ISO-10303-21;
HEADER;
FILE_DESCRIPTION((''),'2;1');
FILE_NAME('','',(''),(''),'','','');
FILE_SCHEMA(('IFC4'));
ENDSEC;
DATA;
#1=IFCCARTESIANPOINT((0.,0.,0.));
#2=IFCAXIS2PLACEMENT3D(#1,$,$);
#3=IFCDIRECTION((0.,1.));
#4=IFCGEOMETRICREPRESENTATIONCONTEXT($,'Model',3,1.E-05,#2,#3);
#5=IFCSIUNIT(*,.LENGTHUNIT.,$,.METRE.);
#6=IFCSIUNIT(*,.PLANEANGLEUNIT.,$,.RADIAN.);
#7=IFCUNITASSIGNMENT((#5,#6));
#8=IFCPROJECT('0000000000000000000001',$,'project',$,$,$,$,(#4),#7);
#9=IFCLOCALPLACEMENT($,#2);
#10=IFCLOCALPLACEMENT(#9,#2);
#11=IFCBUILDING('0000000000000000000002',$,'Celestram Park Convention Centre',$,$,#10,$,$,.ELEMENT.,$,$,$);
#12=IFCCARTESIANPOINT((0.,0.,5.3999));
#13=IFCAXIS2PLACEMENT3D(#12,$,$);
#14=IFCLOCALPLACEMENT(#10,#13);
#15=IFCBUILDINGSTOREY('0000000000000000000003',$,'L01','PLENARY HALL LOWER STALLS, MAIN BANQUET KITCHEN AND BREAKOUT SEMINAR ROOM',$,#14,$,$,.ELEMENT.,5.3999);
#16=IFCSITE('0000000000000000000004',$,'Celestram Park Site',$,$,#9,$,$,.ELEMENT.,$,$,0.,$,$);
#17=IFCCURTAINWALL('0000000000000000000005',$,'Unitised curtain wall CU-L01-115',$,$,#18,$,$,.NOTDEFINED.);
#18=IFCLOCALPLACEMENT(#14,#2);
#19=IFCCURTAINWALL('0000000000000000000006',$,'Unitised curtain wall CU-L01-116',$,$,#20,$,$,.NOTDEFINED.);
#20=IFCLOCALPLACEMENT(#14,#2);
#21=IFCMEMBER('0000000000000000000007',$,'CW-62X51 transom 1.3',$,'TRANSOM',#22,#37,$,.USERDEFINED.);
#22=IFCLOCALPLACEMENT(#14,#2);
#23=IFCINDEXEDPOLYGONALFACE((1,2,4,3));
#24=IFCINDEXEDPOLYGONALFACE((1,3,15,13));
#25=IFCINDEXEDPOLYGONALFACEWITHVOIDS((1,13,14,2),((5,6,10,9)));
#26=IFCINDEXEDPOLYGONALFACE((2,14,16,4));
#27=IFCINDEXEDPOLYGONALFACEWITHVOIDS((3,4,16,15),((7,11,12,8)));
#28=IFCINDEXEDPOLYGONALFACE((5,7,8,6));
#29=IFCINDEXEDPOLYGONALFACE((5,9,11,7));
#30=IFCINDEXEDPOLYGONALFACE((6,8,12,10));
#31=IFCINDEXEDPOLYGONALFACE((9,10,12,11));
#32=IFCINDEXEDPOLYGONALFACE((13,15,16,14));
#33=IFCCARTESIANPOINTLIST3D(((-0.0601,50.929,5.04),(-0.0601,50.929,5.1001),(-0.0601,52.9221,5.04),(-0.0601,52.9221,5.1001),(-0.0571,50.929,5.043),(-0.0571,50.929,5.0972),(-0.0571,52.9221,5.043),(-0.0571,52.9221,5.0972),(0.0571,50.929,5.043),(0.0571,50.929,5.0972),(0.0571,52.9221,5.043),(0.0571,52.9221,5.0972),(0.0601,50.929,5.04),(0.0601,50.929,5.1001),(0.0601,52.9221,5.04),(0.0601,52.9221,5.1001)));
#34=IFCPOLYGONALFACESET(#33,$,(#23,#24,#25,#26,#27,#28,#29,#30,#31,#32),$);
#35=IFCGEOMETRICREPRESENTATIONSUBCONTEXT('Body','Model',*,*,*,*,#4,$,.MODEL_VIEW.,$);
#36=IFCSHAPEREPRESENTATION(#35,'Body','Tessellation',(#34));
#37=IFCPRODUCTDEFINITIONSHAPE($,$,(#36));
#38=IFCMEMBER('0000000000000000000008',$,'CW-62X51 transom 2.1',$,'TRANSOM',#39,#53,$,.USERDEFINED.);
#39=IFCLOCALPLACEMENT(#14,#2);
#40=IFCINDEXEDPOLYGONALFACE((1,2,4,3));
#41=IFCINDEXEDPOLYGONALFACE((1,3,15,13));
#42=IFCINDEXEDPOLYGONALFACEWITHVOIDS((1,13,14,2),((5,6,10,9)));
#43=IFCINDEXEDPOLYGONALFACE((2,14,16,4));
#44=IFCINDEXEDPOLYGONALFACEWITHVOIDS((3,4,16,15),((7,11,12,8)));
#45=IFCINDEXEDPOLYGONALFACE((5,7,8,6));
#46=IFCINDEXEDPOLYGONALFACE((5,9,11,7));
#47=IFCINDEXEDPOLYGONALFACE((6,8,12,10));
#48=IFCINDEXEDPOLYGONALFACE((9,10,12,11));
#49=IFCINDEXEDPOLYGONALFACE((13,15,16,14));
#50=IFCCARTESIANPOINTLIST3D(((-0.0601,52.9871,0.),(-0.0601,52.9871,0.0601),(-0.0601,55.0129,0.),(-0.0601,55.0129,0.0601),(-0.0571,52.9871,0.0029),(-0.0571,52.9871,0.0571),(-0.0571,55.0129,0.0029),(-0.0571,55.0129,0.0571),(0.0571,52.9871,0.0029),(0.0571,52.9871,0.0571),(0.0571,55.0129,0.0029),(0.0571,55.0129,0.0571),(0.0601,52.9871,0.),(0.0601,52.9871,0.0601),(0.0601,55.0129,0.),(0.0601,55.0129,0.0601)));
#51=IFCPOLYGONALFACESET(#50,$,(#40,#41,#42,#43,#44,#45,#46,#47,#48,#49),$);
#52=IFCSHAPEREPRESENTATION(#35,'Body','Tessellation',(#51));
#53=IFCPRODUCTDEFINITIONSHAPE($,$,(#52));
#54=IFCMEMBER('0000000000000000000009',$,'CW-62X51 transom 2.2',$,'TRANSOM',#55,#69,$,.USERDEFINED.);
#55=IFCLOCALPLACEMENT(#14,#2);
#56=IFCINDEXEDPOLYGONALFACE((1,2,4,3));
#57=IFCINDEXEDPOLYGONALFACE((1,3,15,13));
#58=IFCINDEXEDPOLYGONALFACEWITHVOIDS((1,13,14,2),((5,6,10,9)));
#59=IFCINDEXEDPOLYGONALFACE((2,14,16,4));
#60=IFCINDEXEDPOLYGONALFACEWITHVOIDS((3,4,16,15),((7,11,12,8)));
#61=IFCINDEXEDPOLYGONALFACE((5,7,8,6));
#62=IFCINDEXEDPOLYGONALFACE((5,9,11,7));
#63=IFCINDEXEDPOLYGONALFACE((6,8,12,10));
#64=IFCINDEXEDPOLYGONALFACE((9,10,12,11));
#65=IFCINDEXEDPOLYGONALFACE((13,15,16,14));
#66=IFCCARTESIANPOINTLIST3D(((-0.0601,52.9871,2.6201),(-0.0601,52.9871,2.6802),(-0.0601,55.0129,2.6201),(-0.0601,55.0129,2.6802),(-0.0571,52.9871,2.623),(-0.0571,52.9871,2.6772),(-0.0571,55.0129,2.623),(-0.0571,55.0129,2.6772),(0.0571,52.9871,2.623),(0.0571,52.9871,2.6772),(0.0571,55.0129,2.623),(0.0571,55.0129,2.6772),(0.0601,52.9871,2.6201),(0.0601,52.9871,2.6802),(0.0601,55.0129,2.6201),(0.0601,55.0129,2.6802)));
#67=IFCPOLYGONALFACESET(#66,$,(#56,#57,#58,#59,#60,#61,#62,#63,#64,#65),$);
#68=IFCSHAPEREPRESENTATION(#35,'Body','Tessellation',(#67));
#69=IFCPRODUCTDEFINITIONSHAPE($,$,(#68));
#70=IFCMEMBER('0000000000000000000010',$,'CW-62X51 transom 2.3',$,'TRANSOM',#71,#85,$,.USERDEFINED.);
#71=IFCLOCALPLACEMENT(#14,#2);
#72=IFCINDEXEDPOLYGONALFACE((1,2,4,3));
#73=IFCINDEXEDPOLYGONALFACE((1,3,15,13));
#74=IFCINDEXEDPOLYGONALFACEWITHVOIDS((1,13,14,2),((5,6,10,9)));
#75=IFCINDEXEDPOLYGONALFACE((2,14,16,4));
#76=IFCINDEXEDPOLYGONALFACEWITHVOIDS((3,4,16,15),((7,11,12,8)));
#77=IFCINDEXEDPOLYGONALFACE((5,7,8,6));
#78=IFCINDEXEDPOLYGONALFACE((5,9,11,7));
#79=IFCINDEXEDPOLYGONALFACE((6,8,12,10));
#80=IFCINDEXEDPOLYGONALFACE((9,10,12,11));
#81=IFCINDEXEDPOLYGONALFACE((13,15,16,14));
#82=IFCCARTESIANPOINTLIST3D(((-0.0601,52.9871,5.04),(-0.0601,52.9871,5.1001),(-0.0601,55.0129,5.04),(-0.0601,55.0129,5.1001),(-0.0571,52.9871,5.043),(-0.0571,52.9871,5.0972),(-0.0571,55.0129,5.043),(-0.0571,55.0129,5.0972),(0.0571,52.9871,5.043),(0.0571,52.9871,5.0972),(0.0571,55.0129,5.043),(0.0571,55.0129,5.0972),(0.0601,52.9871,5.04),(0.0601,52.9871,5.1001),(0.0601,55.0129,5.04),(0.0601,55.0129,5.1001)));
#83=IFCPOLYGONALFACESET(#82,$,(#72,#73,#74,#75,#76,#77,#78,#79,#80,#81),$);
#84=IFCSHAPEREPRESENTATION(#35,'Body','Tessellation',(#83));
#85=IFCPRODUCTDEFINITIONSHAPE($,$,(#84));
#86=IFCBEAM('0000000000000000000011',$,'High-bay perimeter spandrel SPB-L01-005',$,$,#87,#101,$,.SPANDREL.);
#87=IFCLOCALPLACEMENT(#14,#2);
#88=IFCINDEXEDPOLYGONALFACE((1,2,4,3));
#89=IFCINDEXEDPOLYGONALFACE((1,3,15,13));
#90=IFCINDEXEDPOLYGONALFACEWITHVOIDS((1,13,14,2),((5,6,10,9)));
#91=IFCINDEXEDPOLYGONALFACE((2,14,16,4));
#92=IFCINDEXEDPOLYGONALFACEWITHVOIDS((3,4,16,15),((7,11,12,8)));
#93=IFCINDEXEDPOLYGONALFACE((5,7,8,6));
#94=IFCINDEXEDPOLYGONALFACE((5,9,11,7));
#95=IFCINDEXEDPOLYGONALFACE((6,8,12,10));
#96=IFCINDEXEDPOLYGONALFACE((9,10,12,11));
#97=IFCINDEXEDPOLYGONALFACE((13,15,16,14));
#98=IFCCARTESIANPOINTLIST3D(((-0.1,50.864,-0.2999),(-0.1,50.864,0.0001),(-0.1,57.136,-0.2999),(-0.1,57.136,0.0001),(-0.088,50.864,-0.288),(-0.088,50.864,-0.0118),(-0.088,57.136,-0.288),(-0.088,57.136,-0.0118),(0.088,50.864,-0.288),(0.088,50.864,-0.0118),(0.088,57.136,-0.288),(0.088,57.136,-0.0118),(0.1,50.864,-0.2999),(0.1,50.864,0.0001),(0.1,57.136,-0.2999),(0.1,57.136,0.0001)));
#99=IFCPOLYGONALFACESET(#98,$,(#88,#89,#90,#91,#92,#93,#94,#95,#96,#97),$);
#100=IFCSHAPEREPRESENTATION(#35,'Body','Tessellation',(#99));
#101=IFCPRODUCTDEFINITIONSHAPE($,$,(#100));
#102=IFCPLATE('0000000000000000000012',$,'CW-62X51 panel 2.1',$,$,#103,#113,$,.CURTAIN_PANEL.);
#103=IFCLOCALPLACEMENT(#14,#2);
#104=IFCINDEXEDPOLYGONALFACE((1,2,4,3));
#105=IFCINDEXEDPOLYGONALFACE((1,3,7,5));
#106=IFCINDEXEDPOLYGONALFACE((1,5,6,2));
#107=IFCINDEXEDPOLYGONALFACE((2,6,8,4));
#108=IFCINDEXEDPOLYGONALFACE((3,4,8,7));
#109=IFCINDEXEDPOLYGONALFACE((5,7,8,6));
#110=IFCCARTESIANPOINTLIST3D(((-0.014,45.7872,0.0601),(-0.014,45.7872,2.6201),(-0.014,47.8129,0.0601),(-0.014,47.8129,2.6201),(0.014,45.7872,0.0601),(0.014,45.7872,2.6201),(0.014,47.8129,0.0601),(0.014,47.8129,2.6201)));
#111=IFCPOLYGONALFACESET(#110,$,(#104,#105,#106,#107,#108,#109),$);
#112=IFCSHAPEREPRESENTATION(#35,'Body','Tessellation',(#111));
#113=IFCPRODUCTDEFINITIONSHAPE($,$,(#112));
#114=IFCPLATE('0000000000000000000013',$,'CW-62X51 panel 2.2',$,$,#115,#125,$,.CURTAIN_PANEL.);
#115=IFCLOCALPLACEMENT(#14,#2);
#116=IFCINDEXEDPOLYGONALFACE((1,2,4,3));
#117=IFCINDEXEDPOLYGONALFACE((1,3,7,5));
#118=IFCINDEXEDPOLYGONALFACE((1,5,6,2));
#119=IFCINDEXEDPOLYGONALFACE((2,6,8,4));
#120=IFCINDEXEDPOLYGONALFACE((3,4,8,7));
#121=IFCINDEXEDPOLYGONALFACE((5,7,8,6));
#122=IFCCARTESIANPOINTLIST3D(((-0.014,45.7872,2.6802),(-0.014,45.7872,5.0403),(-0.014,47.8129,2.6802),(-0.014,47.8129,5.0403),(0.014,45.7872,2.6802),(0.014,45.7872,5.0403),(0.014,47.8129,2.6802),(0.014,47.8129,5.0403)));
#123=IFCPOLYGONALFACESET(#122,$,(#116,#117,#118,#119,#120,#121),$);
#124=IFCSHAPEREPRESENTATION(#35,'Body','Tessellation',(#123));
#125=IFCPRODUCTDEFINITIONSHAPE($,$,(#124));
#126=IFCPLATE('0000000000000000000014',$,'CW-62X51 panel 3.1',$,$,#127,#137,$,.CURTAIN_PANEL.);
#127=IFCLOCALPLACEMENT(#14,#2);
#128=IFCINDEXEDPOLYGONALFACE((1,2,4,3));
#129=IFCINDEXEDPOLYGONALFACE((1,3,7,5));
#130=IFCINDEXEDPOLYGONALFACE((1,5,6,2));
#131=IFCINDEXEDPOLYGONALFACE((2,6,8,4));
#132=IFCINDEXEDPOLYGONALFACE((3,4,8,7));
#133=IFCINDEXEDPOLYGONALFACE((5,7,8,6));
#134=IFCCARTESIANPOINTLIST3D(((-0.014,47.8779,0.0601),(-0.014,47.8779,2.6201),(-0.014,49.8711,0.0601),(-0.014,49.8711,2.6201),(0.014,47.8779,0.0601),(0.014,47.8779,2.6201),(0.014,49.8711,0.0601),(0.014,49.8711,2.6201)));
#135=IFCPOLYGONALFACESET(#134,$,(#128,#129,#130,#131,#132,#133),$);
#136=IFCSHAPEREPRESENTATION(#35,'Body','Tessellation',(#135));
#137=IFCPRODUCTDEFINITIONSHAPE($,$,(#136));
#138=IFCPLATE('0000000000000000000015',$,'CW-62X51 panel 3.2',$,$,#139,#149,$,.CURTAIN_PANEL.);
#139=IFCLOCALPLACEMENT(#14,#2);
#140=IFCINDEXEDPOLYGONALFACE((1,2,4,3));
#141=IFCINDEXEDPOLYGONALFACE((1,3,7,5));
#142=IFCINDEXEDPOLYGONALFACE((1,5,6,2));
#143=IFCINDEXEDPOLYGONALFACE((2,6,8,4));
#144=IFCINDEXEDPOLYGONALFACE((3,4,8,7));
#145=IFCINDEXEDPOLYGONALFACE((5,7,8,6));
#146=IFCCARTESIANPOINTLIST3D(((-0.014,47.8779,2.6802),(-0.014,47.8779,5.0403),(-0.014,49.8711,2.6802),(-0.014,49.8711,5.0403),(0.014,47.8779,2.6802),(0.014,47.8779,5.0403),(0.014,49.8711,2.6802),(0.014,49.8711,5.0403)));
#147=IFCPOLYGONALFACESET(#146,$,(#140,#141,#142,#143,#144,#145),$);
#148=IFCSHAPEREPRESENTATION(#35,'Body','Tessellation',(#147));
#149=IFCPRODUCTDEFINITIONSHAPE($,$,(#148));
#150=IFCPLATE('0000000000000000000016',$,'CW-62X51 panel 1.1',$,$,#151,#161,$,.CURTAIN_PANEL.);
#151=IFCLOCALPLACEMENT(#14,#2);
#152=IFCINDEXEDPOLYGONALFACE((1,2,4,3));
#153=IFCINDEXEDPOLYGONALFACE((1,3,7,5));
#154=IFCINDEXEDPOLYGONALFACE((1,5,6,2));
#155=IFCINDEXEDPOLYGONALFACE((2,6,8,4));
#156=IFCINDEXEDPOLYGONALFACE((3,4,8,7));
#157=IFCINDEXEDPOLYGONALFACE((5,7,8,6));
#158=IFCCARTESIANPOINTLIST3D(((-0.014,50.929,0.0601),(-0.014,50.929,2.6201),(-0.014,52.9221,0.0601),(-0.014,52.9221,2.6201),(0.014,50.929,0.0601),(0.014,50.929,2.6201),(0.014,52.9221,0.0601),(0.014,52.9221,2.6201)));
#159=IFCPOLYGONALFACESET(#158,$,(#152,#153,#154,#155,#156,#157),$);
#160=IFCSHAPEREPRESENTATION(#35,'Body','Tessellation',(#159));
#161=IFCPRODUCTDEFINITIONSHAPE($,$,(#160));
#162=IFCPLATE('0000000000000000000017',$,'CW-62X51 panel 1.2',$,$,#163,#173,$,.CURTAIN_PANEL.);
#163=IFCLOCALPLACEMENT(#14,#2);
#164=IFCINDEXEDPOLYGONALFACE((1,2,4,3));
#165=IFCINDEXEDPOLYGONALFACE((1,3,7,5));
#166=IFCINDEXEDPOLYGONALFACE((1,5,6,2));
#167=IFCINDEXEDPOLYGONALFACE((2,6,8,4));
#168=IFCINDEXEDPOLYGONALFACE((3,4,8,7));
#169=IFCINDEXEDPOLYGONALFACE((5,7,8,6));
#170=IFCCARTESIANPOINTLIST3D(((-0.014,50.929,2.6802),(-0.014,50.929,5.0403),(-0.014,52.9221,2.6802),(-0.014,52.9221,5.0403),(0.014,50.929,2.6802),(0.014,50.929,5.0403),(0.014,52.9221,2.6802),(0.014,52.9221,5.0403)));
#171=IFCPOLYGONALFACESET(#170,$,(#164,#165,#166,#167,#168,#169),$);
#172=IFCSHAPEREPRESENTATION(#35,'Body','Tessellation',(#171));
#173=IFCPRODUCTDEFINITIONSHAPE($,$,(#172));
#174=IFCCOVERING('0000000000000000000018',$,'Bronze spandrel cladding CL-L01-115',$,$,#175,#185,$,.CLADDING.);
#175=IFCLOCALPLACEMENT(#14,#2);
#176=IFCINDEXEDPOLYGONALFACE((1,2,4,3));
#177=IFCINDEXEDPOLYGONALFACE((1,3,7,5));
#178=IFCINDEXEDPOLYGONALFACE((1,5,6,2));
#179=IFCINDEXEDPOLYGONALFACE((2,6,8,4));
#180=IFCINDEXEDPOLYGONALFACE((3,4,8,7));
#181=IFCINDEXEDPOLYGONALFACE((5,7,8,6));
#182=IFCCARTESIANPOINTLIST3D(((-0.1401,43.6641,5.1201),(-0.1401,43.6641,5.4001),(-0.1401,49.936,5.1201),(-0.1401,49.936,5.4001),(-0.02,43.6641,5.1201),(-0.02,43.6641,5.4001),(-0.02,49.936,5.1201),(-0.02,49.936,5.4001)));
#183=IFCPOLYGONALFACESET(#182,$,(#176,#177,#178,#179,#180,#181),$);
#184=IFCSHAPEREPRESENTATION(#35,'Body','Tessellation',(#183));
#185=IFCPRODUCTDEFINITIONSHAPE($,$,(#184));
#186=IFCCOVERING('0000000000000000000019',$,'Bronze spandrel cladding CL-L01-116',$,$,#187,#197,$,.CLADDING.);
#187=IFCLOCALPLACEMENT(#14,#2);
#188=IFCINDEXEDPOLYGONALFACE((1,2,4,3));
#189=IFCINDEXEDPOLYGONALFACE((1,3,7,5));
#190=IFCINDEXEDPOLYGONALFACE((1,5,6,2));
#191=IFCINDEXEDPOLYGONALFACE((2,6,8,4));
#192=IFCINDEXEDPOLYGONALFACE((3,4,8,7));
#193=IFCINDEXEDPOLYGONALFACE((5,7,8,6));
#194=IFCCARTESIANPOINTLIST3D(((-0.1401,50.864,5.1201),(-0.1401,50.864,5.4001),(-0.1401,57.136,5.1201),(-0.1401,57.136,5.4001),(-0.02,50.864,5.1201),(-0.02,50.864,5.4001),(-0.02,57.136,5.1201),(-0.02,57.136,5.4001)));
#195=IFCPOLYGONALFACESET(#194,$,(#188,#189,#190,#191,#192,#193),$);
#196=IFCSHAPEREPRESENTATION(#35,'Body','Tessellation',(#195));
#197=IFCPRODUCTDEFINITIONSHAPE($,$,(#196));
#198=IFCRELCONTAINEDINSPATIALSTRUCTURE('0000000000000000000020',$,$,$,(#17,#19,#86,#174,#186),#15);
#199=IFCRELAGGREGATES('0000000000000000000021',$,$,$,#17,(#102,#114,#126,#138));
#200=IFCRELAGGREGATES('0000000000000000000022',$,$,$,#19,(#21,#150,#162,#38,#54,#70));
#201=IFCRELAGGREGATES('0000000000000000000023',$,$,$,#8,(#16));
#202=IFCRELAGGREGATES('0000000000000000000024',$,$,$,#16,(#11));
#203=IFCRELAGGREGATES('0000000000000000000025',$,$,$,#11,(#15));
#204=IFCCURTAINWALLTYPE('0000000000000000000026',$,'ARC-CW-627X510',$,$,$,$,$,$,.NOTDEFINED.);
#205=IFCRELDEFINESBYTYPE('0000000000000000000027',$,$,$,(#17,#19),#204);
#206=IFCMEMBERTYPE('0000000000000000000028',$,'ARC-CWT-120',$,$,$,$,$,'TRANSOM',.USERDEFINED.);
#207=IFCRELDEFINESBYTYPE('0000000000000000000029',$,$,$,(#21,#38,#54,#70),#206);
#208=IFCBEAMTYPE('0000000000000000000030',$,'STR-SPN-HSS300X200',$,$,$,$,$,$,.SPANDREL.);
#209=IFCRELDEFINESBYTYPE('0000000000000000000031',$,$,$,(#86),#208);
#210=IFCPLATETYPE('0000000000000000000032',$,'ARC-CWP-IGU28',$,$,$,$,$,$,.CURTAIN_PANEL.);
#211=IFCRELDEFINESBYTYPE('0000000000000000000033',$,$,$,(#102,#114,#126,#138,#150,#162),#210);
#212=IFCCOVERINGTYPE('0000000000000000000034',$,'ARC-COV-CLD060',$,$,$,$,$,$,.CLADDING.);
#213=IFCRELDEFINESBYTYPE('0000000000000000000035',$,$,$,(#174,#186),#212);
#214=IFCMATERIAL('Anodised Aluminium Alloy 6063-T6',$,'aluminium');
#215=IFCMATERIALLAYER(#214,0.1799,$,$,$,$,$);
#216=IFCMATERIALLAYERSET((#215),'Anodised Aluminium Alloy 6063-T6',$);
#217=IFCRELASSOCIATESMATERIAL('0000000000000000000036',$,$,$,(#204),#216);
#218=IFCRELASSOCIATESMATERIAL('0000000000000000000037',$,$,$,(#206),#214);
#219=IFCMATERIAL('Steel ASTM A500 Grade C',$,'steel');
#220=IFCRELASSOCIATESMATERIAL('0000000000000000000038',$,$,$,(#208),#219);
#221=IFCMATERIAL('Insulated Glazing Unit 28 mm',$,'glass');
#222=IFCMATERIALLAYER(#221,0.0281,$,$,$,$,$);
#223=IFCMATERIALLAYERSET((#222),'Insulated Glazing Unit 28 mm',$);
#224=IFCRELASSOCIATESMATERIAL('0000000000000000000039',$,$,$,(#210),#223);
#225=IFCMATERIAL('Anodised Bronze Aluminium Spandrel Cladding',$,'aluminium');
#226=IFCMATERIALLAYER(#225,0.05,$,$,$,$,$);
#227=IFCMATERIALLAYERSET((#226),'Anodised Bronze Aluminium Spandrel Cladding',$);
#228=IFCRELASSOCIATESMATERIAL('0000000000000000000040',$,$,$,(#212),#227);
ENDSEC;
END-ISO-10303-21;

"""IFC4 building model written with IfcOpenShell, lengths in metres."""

from ifc_helpers import new_model, si_unit, direction, frame, origin, origin_2d, place, context, subcontext, project, spatial, rectangle, hollow_rectangle, extrude, material, layer, layer_set, material_profile, profile_set, type_object, element, aggregate, save


model = new_model("IFC4")

# Units and contexts
model_context = context("Model", 3, precision=1e-05, world=origin(), true_north=direction((0.0, 1.0)))
body_context = subcontext(model_context, "Body", "Model", "MODEL_VIEW")
ifc_project = project(units=[si_unit("LENGTHUNIT", "METRE"), si_unit("PLANEANGLEUNIT", "RADIAN")], contexts=[model_context])

# Site, building, storey
site_placement = place(None, origin())
site = spatial("IfcSite", under=ifc_project, at=site_placement, Name="Celestram Park Site", CompositionType="ELEMENT", RefElevation=0.0)
building_placement = place(site_placement, origin())
building = spatial("IfcBuilding", under=site, at=building_placement, Name="Celestram Park Convention Centre", CompositionType="ELEMENT")
storey_placement = place(building_placement, frame((0.0, 0.0, 5.3999)))
storey = spatial("IfcBuildingStorey", under=building, at=storey_placement, Name="L01", Description="PLENARY HALL LOWER STALLS, MAIN BANQUET KITCHEN AND BREAKOUT SEMINAR ROOM", CompositionType="ELEMENT", Elevation=5.3999)

# Curtain walls
ifc_material_1 = material(Name="Anodised Aluminium Alloy 6063-T6", Category="aluminium")
ifc_layer_1 = layer(ifc_material_1, 0.1799)
ifc_layer_set_1 = layer_set([ifc_layer_1], Name="Anodised Aluminium Alloy 6063-T6")
curtain_wall_type = type_object("IfcCurtainWallType", Name="ARC-CW-627X510", PredefinedType="NOTDEFINED", material=ifc_layer_set_1)
curtain_wall_1_placement = place(storey_placement, origin())
curtain_wall_1 = element("IfcCurtainWall", 1, at=curtain_wall_1_placement, inside=storey, type_object=curtain_wall_type, Name="Unitised curtain wall CU-L01-115", PredefinedType="NOTDEFINED")
curtain_wall_2_placement = place(storey_placement, origin())
curtain_wall_2 = element("IfcCurtainWall", 2, at=curtain_wall_2_placement, inside=storey, type_object=curtain_wall_type, Name="Unitised curtain wall CU-L01-116", PredefinedType="NOTDEFINED")

# Members
ifc_material_profile_1 = material_profile(ifc_material_1, hollow_rectangle(XDim=0.1201, YDim=0.0601, WallThickness=0.0029, at=origin_2d()), Name="ALU120X60X3")
ifc_profile_set_1 = profile_set([ifc_material_profile_1], Name="Anodised Aluminium Alloy 6063-T6")
member_type_1 = type_object("IfcMemberType", Name="ARC-CWT-120", ElementType="TRANSOM", PredefinedType="USERDEFINED", material=ifc_profile_set_1)
member_1_placement = place(storey_placement, frame((0.0, 50.929, 5.0701), z_axis=(0.0, 1.0, 0.0), x_axis=(-1.0, 0.0, 0.0)))
member_1 = element("IfcMember", 3, at=member_1_placement, type_object=member_type_1, Name="CW-62X51 transom 1.3", ObjectType="TRANSOM", PredefinedType="USERDEFINED", context=body_context, shape_type="SweptSolid", body=[
    extrude(hollow_rectangle(XDim=0.1201, YDim=0.0601, WallThickness=0.0029, at=origin_2d()), origin(), (0.0, 0.0, 1.0), 1.9932),
])
member_2_placement = place(storey_placement, frame((0.0, 52.9871, 0.03), z_axis=(0.0, 1.0, 0.0), x_axis=(-1.0, 0.0, 0.0)))
member_2 = element("IfcMember", 4, at=member_2_placement, type_object=member_type_1, Name="CW-62X51 transom 2.1", ObjectType="TRANSOM", PredefinedType="USERDEFINED", context=body_context, shape_type="SweptSolid", body=[
    extrude(hollow_rectangle(XDim=0.1201, YDim=0.0601, WallThickness=0.0029, at=origin_2d()), origin(), (0.0, 0.0, 1.0), 2.0259),
])
member_3_placement = place(storey_placement, frame((0.0, 52.9871, 2.6501), z_axis=(0.0, 1.0, 0.0), x_axis=(-1.0, 0.0, 0.0)))
member_3 = element("IfcMember", 5, at=member_3_placement, type_object=member_type_1, Name="CW-62X51 transom 2.2", ObjectType="TRANSOM", PredefinedType="USERDEFINED", context=body_context, shape_type="SweptSolid", body=[
    extrude(hollow_rectangle(XDim=0.1201, YDim=0.0601, WallThickness=0.0029, at=origin_2d()), origin(), (0.0, 0.0, 1.0), 2.0259),
])
member_4_placement = place(storey_placement, frame((0.0, 52.9871, 5.0701), z_axis=(0.0, 1.0, 0.0), x_axis=(-1.0, 0.0, 0.0)))
member_4 = element("IfcMember", 6, at=member_4_placement, type_object=member_type_1, Name="CW-62X51 transom 2.3", ObjectType="TRANSOM", PredefinedType="USERDEFINED", context=body_context, shape_type="SweptSolid", body=[
    extrude(hollow_rectangle(XDim=0.1201, YDim=0.0601, WallThickness=0.0029, at=origin_2d()), origin(), (0.0, 0.0, 1.0), 2.0259),
])

# Beam
ifc_material_2 = material(Name="Steel ASTM A500 Grade C", Category="steel")
ifc_material_profile_2 = material_profile(ifc_material_2, hollow_rectangle(XDim=0.2, YDim=0.3, WallThickness=0.012, at=origin_2d()), Name="HSS300X200X12")
ifc_profile_set_2 = profile_set([ifc_material_profile_2], Name="Steel ASTM A500 Grade C")
beam_type = type_object("IfcBeamType", Name="STR-SPN-HSS300X200", PredefinedType="SPANDREL", material=ifc_profile_set_2)
beam_placement = place(storey_placement, frame((0.0, 50.864, -0.1499), z_axis=(0.0, 1.0, 0.0), x_axis=(-1.0, 0.0, 0.0)))
element("IfcBeam", 7, at=beam_placement, inside=storey, type_object=beam_type, Name="High-bay perimeter spandrel SPB-L01-005", PredefinedType="SPANDREL", context=body_context, shape_type="SweptSolid", body=[
    extrude(hollow_rectangle(XDim=0.2, YDim=0.3, WallThickness=0.012, at=origin_2d()), origin(), (0.0, 0.0, 1.0), 6.272),
])

# Plates
ifc_material_3 = material(Name="Insulated Glazing Unit 28 mm", Category="glass")
ifc_layer_2 = layer(ifc_material_3, 0.0281)
ifc_layer_set_2 = layer_set([ifc_layer_2], Name="Insulated Glazing Unit 28 mm")
plate_type = type_object("IfcPlateType", Name="ARC-CWP-IGU28", PredefinedType="CURTAIN_PANEL", material=ifc_layer_set_2)
plate_1_placement = place(storey_placement, frame((0.0, 46.8, 0.0601), z_axis=(0.0, 0.0, 1.0), x_axis=(0.0, 1.0, 0.0)))
plate_1 = element("IfcPlate", 8, at=plate_1_placement, type_object=plate_type, Name="CW-62X51 panel 2.1", PredefinedType="CURTAIN_PANEL", context=body_context, shape_type="SweptSolid", body=[
    extrude(rectangle(XDim=2.0256, YDim=0.0281, at=origin_2d()), origin(), (0.0, 0.0, 1.0), 2.5601),
])
plate_2_placement = place(storey_placement, frame((0.0, 46.8, 2.6802), z_axis=(0.0, 0.0, 1.0), x_axis=(0.0, 1.0, 0.0)))
plate_2 = element("IfcPlate", 9, at=plate_2_placement, type_object=plate_type, Name="CW-62X51 panel 2.2", PredefinedType="CURTAIN_PANEL", context=body_context, shape_type="SweptSolid", body=[
    extrude(rectangle(XDim=2.0256, YDim=0.0281, at=origin_2d()), origin(), (0.0, 0.0, 1.0), 2.3601),
])
plate_3_placement = place(storey_placement, frame((0.0, 48.8745, 0.0601), z_axis=(0.0, 0.0, 1.0), x_axis=(0.0, 1.0, 0.0)))
plate_3 = element("IfcPlate", 10, at=plate_3_placement, type_object=plate_type, Name="CW-62X51 panel 3.1", PredefinedType="CURTAIN_PANEL", context=body_context, shape_type="SweptSolid", body=[
    extrude(rectangle(XDim=1.9932, YDim=0.0281, at=origin_2d()), origin(), (0.0, 0.0, 1.0), 2.5601),
])
plate_4_placement = place(storey_placement, frame((0.0, 48.8745, 2.6802), z_axis=(0.0, 0.0, 1.0), x_axis=(0.0, 1.0, 0.0)))
plate_4 = element("IfcPlate", 11, at=plate_4_placement, type_object=plate_type, Name="CW-62X51 panel 3.2", PredefinedType="CURTAIN_PANEL", context=body_context, shape_type="SweptSolid", body=[
    extrude(rectangle(XDim=1.9932, YDim=0.0281, at=origin_2d()), origin(), (0.0, 0.0, 1.0), 2.3601),
])
aggregate(curtain_wall_1, [plate_1, plate_2, plate_3, plate_4])
plate_5_placement = place(storey_placement, frame((0.0, 51.9255, 0.0601), z_axis=(0.0, 0.0, 1.0), x_axis=(0.0, 1.0, 0.0)))
plate_5 = element("IfcPlate", 12, at=plate_5_placement, type_object=plate_type, Name="CW-62X51 panel 1.1", PredefinedType="CURTAIN_PANEL", context=body_context, shape_type="SweptSolid", body=[
    extrude(rectangle(XDim=1.9932, YDim=0.0281, at=origin_2d()), origin(), (0.0, 0.0, 1.0), 2.5601),
])
plate_6_placement = place(storey_placement, frame((0.0, 51.9255, 2.6802), z_axis=(0.0, 0.0, 1.0), x_axis=(0.0, 1.0, 0.0)))
plate_6 = element("IfcPlate", 13, at=plate_6_placement, type_object=plate_type, Name="CW-62X51 panel 1.2", PredefinedType="CURTAIN_PANEL", context=body_context, shape_type="SweptSolid", body=[
    extrude(rectangle(XDim=1.9932, YDim=0.0281, at=origin_2d()), origin(), (0.0, 0.0, 1.0), 2.3601),
])
aggregate(curtain_wall_2, [member_1, plate_5, plate_6, member_2, member_3, member_4])

# Coverings
ifc_material_4 = material(Name="Anodised Bronze Aluminium Spandrel Cladding", Category="aluminium")
ifc_layer_3 = layer(ifc_material_4, 0.05)
ifc_layer_set_3 = layer_set([ifc_layer_3], Name="Anodised Bronze Aluminium Spandrel Cladding")
covering_type_1 = type_object("IfcCoveringType", Name="ARC-COV-CLD060", PredefinedType="CLADDING", material=ifc_layer_set_3)
for number, where, z_axis, x_axis, name in (
    (14, (-0.0801, 46.8, 5.1201), (0.0, 0.0, 1.0), (0.0, 1.0, 0.0), "Bronze spandrel cladding CL-L01-115"),
    (15, (-0.0801, 54.0, 5.1201), (0.0, 0.0, 1.0), (0.0, 1.0, 0.0), "Bronze spandrel cladding CL-L01-116"),
):
    element("IfcCovering", number, at=place(storey_placement, frame(where, z_axis=z_axis, x_axis=x_axis)), inside=storey, type_object=covering_type_1, Name=name, PredefinedType="CLADDING", context=body_context, shape_type="SweptSolid", body=[
        extrude(rectangle(XDim=6.272, YDim=0.1201, at=origin_2d()), origin(), (0.0, 0.0, 1.0), 0.28),
    ])

save(model, "model.ifc")
